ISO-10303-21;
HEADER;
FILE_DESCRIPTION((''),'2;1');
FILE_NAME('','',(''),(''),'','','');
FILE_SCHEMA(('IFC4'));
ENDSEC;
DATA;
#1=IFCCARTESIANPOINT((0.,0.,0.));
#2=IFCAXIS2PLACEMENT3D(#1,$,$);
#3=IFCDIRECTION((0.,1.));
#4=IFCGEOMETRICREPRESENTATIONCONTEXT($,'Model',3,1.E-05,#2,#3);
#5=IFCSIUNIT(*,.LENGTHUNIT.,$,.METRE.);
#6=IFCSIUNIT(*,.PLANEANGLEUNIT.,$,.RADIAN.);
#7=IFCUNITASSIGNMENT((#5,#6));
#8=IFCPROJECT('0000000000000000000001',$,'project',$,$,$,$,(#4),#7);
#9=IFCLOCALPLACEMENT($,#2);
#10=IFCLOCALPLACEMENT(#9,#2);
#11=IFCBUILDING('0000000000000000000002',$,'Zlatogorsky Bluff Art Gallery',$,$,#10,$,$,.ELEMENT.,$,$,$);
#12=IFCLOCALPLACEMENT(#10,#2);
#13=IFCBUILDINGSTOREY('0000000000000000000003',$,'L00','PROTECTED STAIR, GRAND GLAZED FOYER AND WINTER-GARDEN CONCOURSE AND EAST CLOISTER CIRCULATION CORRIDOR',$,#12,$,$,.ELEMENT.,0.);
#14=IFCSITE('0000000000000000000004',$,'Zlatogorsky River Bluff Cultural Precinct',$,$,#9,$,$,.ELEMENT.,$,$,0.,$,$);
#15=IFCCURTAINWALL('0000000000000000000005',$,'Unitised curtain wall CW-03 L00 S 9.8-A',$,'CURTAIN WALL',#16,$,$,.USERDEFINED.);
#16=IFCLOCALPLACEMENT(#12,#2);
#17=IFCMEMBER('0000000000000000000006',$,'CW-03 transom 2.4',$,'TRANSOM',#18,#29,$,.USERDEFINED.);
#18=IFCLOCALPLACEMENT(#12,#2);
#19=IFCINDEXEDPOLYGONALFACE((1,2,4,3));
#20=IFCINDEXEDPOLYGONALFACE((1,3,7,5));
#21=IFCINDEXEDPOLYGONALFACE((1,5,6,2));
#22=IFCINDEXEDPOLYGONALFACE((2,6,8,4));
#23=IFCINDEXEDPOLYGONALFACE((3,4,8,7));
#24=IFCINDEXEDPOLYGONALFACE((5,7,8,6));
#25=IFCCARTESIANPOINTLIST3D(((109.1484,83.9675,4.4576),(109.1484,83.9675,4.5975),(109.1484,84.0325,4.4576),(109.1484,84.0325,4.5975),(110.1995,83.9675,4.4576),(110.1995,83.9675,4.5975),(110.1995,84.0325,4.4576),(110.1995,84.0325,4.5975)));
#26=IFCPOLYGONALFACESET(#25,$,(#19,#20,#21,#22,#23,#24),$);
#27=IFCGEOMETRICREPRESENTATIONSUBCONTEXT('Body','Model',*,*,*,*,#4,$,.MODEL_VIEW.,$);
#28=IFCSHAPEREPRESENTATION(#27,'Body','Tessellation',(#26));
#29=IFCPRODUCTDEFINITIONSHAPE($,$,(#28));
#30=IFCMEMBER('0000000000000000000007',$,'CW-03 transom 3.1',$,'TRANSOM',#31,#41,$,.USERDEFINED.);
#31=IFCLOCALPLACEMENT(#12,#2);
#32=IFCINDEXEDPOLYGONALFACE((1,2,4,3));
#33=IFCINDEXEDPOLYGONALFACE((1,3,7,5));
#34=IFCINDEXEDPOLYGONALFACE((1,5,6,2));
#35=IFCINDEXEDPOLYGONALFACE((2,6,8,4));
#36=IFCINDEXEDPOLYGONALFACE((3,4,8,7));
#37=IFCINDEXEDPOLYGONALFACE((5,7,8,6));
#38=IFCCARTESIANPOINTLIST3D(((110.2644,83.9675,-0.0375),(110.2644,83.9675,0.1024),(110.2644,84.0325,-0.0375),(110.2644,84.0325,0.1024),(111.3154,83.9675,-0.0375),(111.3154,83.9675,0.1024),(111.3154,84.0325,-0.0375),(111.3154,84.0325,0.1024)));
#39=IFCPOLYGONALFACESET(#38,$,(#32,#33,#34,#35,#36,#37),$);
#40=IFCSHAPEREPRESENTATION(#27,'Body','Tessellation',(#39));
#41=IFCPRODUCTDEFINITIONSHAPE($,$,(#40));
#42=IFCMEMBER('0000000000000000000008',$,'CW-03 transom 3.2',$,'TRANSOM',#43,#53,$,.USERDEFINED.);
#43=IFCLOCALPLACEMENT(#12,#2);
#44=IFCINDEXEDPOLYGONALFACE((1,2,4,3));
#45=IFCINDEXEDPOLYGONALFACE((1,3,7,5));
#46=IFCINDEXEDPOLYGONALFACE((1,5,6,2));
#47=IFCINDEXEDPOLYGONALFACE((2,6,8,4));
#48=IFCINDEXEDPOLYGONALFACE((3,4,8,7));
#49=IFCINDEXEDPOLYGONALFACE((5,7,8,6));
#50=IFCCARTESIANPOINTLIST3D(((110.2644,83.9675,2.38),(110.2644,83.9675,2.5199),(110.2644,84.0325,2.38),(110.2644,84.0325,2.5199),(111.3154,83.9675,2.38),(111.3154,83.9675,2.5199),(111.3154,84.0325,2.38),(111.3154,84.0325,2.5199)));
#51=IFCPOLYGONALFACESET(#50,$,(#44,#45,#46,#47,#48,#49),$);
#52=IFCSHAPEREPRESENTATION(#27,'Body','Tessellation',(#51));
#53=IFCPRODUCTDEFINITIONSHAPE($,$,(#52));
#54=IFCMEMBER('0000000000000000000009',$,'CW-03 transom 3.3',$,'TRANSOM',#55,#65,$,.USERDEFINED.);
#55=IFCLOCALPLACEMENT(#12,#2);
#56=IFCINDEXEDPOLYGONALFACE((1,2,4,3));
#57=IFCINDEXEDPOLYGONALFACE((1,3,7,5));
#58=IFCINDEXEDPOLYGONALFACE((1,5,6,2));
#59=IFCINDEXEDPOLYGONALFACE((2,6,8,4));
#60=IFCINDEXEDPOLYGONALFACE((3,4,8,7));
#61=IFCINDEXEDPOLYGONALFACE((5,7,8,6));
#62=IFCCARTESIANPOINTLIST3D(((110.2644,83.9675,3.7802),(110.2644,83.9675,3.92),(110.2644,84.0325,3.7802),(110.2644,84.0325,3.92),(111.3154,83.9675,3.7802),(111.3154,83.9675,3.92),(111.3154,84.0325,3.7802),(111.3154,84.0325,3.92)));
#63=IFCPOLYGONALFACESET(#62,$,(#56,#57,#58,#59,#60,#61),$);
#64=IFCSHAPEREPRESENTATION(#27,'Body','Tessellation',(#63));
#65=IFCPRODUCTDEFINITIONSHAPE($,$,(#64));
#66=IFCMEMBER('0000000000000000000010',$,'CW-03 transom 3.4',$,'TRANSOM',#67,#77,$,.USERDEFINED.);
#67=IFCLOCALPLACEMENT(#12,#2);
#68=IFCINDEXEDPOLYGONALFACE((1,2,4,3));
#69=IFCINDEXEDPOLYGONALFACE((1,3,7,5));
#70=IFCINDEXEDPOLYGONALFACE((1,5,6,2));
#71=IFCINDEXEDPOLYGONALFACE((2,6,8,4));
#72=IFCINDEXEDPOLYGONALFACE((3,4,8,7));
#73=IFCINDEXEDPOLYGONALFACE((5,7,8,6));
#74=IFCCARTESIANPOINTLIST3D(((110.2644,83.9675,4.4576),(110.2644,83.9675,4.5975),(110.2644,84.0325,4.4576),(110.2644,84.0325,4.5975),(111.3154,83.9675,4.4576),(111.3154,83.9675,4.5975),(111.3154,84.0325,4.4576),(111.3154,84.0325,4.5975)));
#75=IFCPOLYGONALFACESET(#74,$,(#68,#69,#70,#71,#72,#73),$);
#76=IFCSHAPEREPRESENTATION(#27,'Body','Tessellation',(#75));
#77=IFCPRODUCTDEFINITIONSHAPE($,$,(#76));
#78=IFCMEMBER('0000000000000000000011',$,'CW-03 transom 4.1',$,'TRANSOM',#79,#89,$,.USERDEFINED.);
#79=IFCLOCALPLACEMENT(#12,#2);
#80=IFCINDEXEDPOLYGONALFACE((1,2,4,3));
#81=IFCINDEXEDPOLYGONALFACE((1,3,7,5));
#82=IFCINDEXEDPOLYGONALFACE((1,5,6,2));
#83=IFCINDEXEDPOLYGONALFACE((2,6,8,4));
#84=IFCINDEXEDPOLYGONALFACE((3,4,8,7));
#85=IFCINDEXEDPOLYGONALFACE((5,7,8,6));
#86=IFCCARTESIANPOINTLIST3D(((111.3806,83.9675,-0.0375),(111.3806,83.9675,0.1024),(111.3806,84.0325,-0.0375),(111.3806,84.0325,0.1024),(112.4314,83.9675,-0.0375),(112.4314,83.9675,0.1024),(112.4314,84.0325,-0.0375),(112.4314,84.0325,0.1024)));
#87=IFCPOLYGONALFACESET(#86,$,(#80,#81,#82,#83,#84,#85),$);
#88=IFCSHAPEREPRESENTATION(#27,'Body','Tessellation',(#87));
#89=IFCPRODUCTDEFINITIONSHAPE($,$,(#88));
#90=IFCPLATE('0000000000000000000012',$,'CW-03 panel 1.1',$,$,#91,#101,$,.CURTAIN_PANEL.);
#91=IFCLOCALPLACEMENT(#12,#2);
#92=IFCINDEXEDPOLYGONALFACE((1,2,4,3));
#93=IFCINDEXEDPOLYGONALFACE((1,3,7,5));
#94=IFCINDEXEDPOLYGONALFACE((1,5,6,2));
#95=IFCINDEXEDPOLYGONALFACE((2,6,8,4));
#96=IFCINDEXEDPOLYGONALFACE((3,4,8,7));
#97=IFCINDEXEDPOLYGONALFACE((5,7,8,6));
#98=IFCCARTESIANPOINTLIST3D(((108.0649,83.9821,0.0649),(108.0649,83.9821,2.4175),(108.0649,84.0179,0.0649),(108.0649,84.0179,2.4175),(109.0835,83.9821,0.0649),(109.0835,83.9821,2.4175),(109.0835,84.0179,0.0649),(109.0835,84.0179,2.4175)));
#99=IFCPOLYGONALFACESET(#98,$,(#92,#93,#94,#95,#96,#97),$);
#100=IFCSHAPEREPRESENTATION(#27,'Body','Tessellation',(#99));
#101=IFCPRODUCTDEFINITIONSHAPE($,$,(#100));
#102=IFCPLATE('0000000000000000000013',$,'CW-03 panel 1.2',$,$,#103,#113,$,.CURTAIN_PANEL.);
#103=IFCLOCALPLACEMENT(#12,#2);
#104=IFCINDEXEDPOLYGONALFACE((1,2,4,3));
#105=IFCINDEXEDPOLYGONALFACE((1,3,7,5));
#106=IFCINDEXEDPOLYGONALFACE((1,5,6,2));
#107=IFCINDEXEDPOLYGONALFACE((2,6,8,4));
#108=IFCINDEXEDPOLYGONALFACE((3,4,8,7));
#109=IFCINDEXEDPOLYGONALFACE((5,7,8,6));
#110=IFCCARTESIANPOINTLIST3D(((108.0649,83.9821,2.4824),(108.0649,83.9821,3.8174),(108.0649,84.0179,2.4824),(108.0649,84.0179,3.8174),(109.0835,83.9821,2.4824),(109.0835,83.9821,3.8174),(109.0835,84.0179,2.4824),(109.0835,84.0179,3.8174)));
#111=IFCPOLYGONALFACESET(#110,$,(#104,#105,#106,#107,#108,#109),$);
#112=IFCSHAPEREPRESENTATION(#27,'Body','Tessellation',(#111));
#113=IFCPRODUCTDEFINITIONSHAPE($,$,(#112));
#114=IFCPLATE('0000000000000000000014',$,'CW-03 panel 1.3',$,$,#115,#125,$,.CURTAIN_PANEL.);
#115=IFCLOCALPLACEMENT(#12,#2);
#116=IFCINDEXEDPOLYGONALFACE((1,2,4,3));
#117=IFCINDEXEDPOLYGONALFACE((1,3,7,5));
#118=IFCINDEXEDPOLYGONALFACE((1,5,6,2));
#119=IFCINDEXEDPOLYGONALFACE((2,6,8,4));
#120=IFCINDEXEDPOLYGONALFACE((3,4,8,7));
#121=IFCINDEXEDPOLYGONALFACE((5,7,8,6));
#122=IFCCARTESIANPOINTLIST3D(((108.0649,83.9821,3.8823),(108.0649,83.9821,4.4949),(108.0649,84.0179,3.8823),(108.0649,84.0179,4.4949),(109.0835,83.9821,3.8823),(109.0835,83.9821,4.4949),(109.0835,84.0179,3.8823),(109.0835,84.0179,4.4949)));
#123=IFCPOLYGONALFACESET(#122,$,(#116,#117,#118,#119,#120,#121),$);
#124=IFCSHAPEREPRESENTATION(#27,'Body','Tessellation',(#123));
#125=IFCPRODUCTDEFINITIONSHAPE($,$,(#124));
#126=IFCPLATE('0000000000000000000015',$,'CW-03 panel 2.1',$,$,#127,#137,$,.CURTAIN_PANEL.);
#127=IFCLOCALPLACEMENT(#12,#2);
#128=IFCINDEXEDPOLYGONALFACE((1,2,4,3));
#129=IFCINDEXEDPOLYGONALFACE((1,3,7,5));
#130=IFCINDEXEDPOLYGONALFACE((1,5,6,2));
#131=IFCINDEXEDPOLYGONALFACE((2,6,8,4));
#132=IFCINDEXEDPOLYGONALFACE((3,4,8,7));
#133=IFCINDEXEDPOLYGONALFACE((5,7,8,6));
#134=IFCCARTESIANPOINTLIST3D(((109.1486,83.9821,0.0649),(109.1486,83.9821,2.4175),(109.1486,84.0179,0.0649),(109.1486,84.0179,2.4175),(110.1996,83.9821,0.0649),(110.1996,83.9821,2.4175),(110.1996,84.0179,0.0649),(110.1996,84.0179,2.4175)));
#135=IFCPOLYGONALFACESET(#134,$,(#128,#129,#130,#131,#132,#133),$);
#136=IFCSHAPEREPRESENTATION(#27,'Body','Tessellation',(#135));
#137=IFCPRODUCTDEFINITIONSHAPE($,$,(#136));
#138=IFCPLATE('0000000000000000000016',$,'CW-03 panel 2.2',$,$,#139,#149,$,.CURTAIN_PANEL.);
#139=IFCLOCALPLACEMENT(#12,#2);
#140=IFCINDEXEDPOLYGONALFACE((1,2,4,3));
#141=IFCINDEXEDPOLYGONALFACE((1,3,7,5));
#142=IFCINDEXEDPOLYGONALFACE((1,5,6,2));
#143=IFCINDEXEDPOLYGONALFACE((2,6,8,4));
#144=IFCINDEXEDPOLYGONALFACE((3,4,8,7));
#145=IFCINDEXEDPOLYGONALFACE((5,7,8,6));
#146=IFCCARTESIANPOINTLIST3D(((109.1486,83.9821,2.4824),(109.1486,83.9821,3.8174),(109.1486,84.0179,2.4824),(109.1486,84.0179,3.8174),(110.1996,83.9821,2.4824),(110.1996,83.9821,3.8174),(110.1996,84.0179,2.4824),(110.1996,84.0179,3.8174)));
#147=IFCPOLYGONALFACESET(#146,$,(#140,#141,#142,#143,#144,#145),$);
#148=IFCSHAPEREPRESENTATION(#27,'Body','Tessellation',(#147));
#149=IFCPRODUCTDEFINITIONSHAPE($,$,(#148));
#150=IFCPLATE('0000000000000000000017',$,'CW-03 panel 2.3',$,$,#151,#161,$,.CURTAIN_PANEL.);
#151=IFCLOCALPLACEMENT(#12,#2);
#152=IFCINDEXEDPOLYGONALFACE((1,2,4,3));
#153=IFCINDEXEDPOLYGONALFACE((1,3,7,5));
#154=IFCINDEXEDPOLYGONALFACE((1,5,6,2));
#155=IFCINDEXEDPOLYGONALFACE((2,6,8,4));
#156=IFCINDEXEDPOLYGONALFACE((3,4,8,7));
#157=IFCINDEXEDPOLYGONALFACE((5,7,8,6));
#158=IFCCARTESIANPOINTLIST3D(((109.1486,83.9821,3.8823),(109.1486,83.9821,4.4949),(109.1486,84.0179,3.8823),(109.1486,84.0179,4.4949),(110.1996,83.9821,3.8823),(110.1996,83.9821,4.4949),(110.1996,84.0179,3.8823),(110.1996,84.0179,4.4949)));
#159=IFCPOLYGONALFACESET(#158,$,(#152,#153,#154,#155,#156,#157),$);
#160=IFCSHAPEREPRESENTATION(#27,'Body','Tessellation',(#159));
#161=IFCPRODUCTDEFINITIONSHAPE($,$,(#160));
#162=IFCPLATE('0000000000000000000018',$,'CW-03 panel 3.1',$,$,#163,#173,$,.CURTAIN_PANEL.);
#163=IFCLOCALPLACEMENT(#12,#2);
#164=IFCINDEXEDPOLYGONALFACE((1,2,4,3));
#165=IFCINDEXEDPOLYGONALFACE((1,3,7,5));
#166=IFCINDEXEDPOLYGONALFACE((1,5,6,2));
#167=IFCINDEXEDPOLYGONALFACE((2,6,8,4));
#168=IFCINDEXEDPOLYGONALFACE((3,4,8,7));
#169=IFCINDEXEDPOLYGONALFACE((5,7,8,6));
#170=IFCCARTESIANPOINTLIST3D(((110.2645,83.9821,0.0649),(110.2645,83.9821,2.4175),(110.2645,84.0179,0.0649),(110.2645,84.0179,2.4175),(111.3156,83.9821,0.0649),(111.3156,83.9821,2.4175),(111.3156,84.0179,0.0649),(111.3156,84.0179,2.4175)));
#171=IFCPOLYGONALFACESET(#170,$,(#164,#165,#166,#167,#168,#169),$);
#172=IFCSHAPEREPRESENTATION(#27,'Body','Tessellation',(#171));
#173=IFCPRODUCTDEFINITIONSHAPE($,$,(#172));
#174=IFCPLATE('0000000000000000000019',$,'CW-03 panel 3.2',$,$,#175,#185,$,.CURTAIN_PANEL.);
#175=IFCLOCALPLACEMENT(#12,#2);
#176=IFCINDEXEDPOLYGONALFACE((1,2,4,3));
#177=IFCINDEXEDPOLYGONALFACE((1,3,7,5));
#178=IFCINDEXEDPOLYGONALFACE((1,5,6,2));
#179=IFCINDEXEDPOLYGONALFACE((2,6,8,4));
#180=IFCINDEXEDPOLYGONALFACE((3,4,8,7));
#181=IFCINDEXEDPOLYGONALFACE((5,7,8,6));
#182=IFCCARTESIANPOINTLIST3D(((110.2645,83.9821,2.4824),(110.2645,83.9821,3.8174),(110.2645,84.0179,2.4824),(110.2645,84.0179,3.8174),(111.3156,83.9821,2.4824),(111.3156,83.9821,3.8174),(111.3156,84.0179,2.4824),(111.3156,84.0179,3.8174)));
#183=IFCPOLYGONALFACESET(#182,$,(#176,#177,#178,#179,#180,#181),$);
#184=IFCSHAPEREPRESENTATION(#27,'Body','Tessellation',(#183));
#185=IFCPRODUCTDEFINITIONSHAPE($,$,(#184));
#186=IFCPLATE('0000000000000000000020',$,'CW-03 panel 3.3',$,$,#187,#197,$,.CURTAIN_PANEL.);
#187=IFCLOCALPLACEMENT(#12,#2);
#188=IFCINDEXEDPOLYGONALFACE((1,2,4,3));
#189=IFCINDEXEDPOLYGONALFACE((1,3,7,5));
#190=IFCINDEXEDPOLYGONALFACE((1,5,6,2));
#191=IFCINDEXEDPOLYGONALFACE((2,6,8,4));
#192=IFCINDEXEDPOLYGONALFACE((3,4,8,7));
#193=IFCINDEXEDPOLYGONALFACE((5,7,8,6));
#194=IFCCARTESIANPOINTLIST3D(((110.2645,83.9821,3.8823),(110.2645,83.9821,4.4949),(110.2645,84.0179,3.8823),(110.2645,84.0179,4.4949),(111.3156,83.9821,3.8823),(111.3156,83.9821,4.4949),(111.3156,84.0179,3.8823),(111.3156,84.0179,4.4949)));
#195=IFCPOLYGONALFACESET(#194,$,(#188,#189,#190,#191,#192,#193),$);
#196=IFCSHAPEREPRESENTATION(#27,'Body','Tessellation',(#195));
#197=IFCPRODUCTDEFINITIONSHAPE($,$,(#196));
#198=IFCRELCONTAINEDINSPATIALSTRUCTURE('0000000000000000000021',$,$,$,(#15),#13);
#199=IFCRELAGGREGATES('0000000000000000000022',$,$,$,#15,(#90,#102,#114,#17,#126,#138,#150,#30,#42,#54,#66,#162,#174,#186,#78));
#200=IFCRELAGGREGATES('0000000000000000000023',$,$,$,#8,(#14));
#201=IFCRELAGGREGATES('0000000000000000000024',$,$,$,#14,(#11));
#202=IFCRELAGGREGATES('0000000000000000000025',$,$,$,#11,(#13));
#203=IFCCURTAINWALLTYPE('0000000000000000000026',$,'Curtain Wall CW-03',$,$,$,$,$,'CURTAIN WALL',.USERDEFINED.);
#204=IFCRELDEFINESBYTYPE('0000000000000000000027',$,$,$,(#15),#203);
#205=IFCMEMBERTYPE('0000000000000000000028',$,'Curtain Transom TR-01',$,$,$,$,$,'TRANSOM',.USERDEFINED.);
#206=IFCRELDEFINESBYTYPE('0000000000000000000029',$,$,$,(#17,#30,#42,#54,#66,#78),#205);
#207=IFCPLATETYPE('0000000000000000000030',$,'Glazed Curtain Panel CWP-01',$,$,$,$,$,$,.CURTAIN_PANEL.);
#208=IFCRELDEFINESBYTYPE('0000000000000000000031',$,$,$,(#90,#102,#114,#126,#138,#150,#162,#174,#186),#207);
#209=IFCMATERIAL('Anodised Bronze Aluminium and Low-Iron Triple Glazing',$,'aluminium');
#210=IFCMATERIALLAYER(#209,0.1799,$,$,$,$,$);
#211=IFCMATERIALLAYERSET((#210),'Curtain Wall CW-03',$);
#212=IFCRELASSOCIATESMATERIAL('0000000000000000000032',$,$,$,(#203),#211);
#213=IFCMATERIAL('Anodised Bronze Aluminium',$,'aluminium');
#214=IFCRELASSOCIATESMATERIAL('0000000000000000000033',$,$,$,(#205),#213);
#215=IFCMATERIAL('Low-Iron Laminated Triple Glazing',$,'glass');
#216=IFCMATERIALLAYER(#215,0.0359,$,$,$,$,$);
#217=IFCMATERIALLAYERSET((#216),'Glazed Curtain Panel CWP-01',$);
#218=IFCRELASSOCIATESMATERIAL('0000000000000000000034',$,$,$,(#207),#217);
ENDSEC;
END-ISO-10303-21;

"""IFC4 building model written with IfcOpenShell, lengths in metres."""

from ifc_helpers import new_model, si_unit, direction, frame, origin, origin_2d, place, context, subcontext, project, spatial, rectangle, extrude, material, layer, layer_set, material_profile, profile_set, type_object, element, aggregate, save


model = new_model("IFC4")

# Units and contexts
model_context = context("Model", 3, precision=1e-05, world=origin(), true_north=direction((0.0, 1.0)))
body_context = subcontext(model_context, "Body", "Model", "MODEL_VIEW")
ifc_project = project(units=[si_unit("LENGTHUNIT", "METRE"), si_unit("PLANEANGLEUNIT", "RADIAN")], contexts=[model_context])

# Site, building, storey
site_placement = place(None, origin())
site = spatial("IfcSite", under=ifc_project, at=site_placement, Name="Zlatogorsky River Bluff Cultural Precinct", CompositionType="ELEMENT", RefElevation=0.0)
building_placement = place(site_placement, origin())
building = spatial("IfcBuilding", under=site, at=building_placement, Name="Zlatogorsky Bluff Art Gallery", CompositionType="ELEMENT")
storey_placement = place(building_placement, origin())
storey = spatial("IfcBuildingStorey", under=building, at=storey_placement, Name="L00", Description="PROTECTED STAIR, GRAND GLAZED FOYER AND WINTER-GARDEN CONCOURSE AND EAST CLOISTER CIRCULATION CORRIDOR", CompositionType="ELEMENT", Elevation=0.0)

# Curtain wall, members, plates
ifc_material_1 = material(Name="Anodised Bronze Aluminium and Low-Iron Triple Glazing", Category="aluminium")
ifc_layer_1 = layer(ifc_material_1, 0.1799)
ifc_layer_set_1 = layer_set([ifc_layer_1], Name="Curtain Wall CW-03")
curtain_wall_type = type_object("IfcCurtainWallType", Name="Curtain Wall CW-03", ElementType="CURTAIN WALL", PredefinedType="USERDEFINED", material=ifc_layer_set_1)
curtain_wall_placement = place(storey_placement, origin())
curtain_wall = element("IfcCurtainWall", 1, at=curtain_wall_placement, inside=storey, type_object=curtain_wall_type, Name="Unitised curtain wall CW-03 L00 S 9.8-A", ObjectType="CURTAIN WALL", PredefinedType="USERDEFINED")
ifc_material_2 = material(Name="Anodised Bronze Aluminium", Category="aluminium")
ifc_material_profile_1 = material_profile(ifc_material_2, rectangle(XDim=0.0649, YDim=0.1399, at=origin_2d()), Name="ALU TRANSOM 65x140")
ifc_profile_set_1 = profile_set([ifc_material_profile_1], Name="Anodised Bronze Aluminium")
member_type_1 = type_object("IfcMemberType", Name="Curtain Transom TR-01", ElementType="TRANSOM", PredefinedType="USERDEFINED", material=ifc_profile_set_1)
member_1_placement = place(storey_placement, frame((109.1484, 84.0, 4.5276), z_axis=(1.0, 0.0, 0.0), x_axis=(0.0, 1.0, 0.0)))
member_1 = element("IfcMember", 2, at=member_1_placement, type_object=member_type_1, Name="CW-03 transom 2.4", ObjectType="TRANSOM", PredefinedType="USERDEFINED", context=body_context, shape_type="SweptSolid", body=[
    extrude(rectangle(XDim=0.0649, YDim=0.1399, at=origin_2d()), origin(), (0.0, 0.0, 1.0), 1.051),
])
member_2_placement = place(storey_placement, frame((110.2644, 84.0, 0.0325), z_axis=(1.0, 0.0, 0.0), x_axis=(0.0, 1.0, 0.0)))
member_2 = element("IfcMember", 3, at=member_2_placement, type_object=member_type_1, Name="CW-03 transom 3.1", ObjectType="TRANSOM", PredefinedType="USERDEFINED", context=body_context, shape_type="SweptSolid", body=[
    extrude(rectangle(XDim=0.0649, YDim=0.1399, at=origin_2d()), origin(), (0.0, 0.0, 1.0), 1.051),
])
member_3_placement = place(storey_placement, frame((110.2644, 84.0, 2.45), z_axis=(1.0, 0.0, 0.0), x_axis=(0.0, 1.0, 0.0)))
member_3 = element("IfcMember", 4, at=member_3_placement, type_object=member_type_1, Name="CW-03 transom 3.2", ObjectType="TRANSOM", PredefinedType="USERDEFINED", context=body_context, shape_type="SweptSolid", body=[
    extrude(rectangle(XDim=0.0649, YDim=0.1399, at=origin_2d()), origin(), (0.0, 0.0, 1.0), 1.051),
])
member_4_placement = place(storey_placement, frame((110.2644, 84.0, 3.8501), z_axis=(1.0, 0.0, 0.0), x_axis=(0.0, 1.0, 0.0)))
member_4 = element("IfcMember", 5, at=member_4_placement, type_object=member_type_1, Name="CW-03 transom 3.3", ObjectType="TRANSOM", PredefinedType="USERDEFINED", context=body_context, shape_type="SweptSolid", body=[
    extrude(rectangle(XDim=0.0649, YDim=0.1399, at=origin_2d()), origin(), (0.0, 0.0, 1.0), 1.051),
])
member_5_placement = place(storey_placement, frame((110.2644, 84.0, 4.5276), z_axis=(1.0, 0.0, 0.0), x_axis=(0.0, 1.0, 0.0)))
member_5 = element("IfcMember", 6, at=member_5_placement, type_object=member_type_1, Name="CW-03 transom 3.4", ObjectType="TRANSOM", PredefinedType="USERDEFINED", context=body_context, shape_type="SweptSolid", body=[
    extrude(rectangle(XDim=0.0649, YDim=0.1399, at=origin_2d()), origin(), (0.0, 0.0, 1.0), 1.051),
])
member_6_placement = place(storey_placement, frame((111.3806, 84.0, 0.0325), z_axis=(1.0, 0.0, 0.0), x_axis=(0.0, 1.0, 0.0)))
member_6 = element("IfcMember", 7, at=member_6_placement, type_object=member_type_1, Name="CW-03 transom 4.1", ObjectType="TRANSOM", PredefinedType="USERDEFINED", context=body_context, shape_type="SweptSolid", body=[
    extrude(rectangle(XDim=0.0649, YDim=0.1399, at=origin_2d()), origin(), (0.0, 0.0, 1.0), 1.0508),
])
ifc_material_3 = material(Name="Low-Iron Laminated Triple Glazing", Category="glass")
ifc_layer_2 = layer(ifc_material_3, 0.0359)
ifc_layer_set_2 = layer_set([ifc_layer_2], Name="Glazed Curtain Panel CWP-01")
plate_type = type_object("IfcPlateType", Name="Glazed Curtain Panel CWP-01", PredefinedType="CURTAIN_PANEL", material=ifc_layer_set_2)
plate_1_placement = place(storey_placement, frame((108.5742, 84.0, 0.0649), z_axis=(0.0, 0.0, 1.0), x_axis=(1.0, 0.0, 0.0)))
plate_1 = element("IfcPlate", 8, at=plate_1_placement, type_object=plate_type, Name="CW-03 panel 1.1", PredefinedType="CURTAIN_PANEL", context=body_context, shape_type="SweptSolid", body=[
    extrude(rectangle(XDim=1.0186, YDim=0.0359, at=origin_2d()), origin(), (0.0, 0.0, 1.0), 2.3525),
])
plate_2_placement = place(storey_placement, frame((108.5742, 84.0, 2.4824), z_axis=(0.0, 0.0, 1.0), x_axis=(1.0, 0.0, 0.0)))
plate_2 = element("IfcPlate", 9, at=plate_2_placement, type_object=plate_type, Name="CW-03 panel 1.2", PredefinedType="CURTAIN_PANEL", context=body_context, shape_type="SweptSolid", body=[
    extrude(rectangle(XDim=1.0186, YDim=0.0359, at=origin_2d()), origin(), (0.0, 0.0, 1.0), 1.335),
])
plate_3_placement = place(storey_placement, frame((108.5742, 84.0, 3.8823), z_axis=(0.0, 0.0, 1.0), x_axis=(1.0, 0.0, 0.0)))
plate_3 = element("IfcPlate", 10, at=plate_3_placement, type_object=plate_type, Name="CW-03 panel 1.3", PredefinedType="CURTAIN_PANEL", context=body_context, shape_type="SweptSolid", body=[
    extrude(rectangle(XDim=1.0186, YDim=0.0359, at=origin_2d()), origin(), (0.0, 0.0, 1.0), 0.6125),
])
plate_4_placement = place(storey_placement, frame((109.6741, 84.0, 0.0649), z_axis=(0.0, 0.0, 1.0), x_axis=(1.0, 0.0, 0.0)))
plate_4 = element("IfcPlate", 11, at=plate_4_placement, type_object=plate_type, Name="CW-03 panel 2.1", PredefinedType="CURTAIN_PANEL", context=body_context, shape_type="SweptSolid", body=[
    extrude(rectangle(XDim=1.051, YDim=0.0359, at=origin_2d()), origin(), (0.0, 0.0, 1.0), 2.3525),
])
plate_5_placement = place(storey_placement, frame((109.6741, 84.0, 2.4824), z_axis=(0.0, 0.0, 1.0), x_axis=(1.0, 0.0, 0.0)))
plate_5 = element("IfcPlate", 12, at=plate_5_placement, type_object=plate_type, Name="CW-03 panel 2.2", PredefinedType="CURTAIN_PANEL", context=body_context, shape_type="SweptSolid", body=[
    extrude(rectangle(XDim=1.051, YDim=0.0359, at=origin_2d()), origin(), (0.0, 0.0, 1.0), 1.335),
])
plate_6_placement = place(storey_placement, frame((109.6741, 84.0, 3.8823), z_axis=(0.0, 0.0, 1.0), x_axis=(1.0, 0.0, 0.0)))
plate_6 = element("IfcPlate", 13, at=plate_6_placement, type_object=plate_type, Name="CW-03 panel 2.3", PredefinedType="CURTAIN_PANEL", context=body_context, shape_type="SweptSolid", body=[
    extrude(rectangle(XDim=1.051, YDim=0.0359, at=origin_2d()), origin(), (0.0, 0.0, 1.0), 0.6125),
])
plate_7_placement = place(storey_placement, frame((110.79, 84.0, 0.0649), z_axis=(0.0, 0.0, 1.0), x_axis=(1.0, 0.0, 0.0)))
plate_7 = element("IfcPlate", 14, at=plate_7_placement, type_object=plate_type, Name="CW-03 panel 3.1", PredefinedType="CURTAIN_PANEL", context=body_context, shape_type="SweptSolid", body=[
    extrude(rectangle(XDim=1.051, YDim=0.0359, at=origin_2d()), origin(), (0.0, 0.0, 1.0), 2.3525),
])
plate_8_placement = place(storey_placement, frame((110.79, 84.0, 2.4824), z_axis=(0.0, 0.0, 1.0), x_axis=(1.0, 0.0, 0.0)))
plate_8 = element("IfcPlate", 15, at=plate_8_placement, type_object=plate_type, Name="CW-03 panel 3.2", PredefinedType="CURTAIN_PANEL", context=body_context, shape_type="SweptSolid", body=[
    extrude(rectangle(XDim=1.051, YDim=0.0359, at=origin_2d()), origin(), (0.0, 0.0, 1.0), 1.335),
])
plate_9_placement = place(storey_placement, frame((110.79, 84.0, 3.8823), z_axis=(0.0, 0.0, 1.0), x_axis=(1.0, 0.0, 0.0)))
plate_9 = element("IfcPlate", 16, at=plate_9_placement, type_object=plate_type, Name="CW-03 panel 3.3", PredefinedType="CURTAIN_PANEL", context=body_context, shape_type="SweptSolid", body=[
    extrude(rectangle(XDim=1.051, YDim=0.0359, at=origin_2d()), origin(), (0.0, 0.0, 1.0), 0.6125),
])
aggregate(curtain_wall, [plate_1, plate_2, plate_3, member_1, plate_4, plate_5, plate_6, member_2, member_3, member_4, member_5, plate_7, plate_8, plate_9, member_6])

save(model, "model.ifc")
